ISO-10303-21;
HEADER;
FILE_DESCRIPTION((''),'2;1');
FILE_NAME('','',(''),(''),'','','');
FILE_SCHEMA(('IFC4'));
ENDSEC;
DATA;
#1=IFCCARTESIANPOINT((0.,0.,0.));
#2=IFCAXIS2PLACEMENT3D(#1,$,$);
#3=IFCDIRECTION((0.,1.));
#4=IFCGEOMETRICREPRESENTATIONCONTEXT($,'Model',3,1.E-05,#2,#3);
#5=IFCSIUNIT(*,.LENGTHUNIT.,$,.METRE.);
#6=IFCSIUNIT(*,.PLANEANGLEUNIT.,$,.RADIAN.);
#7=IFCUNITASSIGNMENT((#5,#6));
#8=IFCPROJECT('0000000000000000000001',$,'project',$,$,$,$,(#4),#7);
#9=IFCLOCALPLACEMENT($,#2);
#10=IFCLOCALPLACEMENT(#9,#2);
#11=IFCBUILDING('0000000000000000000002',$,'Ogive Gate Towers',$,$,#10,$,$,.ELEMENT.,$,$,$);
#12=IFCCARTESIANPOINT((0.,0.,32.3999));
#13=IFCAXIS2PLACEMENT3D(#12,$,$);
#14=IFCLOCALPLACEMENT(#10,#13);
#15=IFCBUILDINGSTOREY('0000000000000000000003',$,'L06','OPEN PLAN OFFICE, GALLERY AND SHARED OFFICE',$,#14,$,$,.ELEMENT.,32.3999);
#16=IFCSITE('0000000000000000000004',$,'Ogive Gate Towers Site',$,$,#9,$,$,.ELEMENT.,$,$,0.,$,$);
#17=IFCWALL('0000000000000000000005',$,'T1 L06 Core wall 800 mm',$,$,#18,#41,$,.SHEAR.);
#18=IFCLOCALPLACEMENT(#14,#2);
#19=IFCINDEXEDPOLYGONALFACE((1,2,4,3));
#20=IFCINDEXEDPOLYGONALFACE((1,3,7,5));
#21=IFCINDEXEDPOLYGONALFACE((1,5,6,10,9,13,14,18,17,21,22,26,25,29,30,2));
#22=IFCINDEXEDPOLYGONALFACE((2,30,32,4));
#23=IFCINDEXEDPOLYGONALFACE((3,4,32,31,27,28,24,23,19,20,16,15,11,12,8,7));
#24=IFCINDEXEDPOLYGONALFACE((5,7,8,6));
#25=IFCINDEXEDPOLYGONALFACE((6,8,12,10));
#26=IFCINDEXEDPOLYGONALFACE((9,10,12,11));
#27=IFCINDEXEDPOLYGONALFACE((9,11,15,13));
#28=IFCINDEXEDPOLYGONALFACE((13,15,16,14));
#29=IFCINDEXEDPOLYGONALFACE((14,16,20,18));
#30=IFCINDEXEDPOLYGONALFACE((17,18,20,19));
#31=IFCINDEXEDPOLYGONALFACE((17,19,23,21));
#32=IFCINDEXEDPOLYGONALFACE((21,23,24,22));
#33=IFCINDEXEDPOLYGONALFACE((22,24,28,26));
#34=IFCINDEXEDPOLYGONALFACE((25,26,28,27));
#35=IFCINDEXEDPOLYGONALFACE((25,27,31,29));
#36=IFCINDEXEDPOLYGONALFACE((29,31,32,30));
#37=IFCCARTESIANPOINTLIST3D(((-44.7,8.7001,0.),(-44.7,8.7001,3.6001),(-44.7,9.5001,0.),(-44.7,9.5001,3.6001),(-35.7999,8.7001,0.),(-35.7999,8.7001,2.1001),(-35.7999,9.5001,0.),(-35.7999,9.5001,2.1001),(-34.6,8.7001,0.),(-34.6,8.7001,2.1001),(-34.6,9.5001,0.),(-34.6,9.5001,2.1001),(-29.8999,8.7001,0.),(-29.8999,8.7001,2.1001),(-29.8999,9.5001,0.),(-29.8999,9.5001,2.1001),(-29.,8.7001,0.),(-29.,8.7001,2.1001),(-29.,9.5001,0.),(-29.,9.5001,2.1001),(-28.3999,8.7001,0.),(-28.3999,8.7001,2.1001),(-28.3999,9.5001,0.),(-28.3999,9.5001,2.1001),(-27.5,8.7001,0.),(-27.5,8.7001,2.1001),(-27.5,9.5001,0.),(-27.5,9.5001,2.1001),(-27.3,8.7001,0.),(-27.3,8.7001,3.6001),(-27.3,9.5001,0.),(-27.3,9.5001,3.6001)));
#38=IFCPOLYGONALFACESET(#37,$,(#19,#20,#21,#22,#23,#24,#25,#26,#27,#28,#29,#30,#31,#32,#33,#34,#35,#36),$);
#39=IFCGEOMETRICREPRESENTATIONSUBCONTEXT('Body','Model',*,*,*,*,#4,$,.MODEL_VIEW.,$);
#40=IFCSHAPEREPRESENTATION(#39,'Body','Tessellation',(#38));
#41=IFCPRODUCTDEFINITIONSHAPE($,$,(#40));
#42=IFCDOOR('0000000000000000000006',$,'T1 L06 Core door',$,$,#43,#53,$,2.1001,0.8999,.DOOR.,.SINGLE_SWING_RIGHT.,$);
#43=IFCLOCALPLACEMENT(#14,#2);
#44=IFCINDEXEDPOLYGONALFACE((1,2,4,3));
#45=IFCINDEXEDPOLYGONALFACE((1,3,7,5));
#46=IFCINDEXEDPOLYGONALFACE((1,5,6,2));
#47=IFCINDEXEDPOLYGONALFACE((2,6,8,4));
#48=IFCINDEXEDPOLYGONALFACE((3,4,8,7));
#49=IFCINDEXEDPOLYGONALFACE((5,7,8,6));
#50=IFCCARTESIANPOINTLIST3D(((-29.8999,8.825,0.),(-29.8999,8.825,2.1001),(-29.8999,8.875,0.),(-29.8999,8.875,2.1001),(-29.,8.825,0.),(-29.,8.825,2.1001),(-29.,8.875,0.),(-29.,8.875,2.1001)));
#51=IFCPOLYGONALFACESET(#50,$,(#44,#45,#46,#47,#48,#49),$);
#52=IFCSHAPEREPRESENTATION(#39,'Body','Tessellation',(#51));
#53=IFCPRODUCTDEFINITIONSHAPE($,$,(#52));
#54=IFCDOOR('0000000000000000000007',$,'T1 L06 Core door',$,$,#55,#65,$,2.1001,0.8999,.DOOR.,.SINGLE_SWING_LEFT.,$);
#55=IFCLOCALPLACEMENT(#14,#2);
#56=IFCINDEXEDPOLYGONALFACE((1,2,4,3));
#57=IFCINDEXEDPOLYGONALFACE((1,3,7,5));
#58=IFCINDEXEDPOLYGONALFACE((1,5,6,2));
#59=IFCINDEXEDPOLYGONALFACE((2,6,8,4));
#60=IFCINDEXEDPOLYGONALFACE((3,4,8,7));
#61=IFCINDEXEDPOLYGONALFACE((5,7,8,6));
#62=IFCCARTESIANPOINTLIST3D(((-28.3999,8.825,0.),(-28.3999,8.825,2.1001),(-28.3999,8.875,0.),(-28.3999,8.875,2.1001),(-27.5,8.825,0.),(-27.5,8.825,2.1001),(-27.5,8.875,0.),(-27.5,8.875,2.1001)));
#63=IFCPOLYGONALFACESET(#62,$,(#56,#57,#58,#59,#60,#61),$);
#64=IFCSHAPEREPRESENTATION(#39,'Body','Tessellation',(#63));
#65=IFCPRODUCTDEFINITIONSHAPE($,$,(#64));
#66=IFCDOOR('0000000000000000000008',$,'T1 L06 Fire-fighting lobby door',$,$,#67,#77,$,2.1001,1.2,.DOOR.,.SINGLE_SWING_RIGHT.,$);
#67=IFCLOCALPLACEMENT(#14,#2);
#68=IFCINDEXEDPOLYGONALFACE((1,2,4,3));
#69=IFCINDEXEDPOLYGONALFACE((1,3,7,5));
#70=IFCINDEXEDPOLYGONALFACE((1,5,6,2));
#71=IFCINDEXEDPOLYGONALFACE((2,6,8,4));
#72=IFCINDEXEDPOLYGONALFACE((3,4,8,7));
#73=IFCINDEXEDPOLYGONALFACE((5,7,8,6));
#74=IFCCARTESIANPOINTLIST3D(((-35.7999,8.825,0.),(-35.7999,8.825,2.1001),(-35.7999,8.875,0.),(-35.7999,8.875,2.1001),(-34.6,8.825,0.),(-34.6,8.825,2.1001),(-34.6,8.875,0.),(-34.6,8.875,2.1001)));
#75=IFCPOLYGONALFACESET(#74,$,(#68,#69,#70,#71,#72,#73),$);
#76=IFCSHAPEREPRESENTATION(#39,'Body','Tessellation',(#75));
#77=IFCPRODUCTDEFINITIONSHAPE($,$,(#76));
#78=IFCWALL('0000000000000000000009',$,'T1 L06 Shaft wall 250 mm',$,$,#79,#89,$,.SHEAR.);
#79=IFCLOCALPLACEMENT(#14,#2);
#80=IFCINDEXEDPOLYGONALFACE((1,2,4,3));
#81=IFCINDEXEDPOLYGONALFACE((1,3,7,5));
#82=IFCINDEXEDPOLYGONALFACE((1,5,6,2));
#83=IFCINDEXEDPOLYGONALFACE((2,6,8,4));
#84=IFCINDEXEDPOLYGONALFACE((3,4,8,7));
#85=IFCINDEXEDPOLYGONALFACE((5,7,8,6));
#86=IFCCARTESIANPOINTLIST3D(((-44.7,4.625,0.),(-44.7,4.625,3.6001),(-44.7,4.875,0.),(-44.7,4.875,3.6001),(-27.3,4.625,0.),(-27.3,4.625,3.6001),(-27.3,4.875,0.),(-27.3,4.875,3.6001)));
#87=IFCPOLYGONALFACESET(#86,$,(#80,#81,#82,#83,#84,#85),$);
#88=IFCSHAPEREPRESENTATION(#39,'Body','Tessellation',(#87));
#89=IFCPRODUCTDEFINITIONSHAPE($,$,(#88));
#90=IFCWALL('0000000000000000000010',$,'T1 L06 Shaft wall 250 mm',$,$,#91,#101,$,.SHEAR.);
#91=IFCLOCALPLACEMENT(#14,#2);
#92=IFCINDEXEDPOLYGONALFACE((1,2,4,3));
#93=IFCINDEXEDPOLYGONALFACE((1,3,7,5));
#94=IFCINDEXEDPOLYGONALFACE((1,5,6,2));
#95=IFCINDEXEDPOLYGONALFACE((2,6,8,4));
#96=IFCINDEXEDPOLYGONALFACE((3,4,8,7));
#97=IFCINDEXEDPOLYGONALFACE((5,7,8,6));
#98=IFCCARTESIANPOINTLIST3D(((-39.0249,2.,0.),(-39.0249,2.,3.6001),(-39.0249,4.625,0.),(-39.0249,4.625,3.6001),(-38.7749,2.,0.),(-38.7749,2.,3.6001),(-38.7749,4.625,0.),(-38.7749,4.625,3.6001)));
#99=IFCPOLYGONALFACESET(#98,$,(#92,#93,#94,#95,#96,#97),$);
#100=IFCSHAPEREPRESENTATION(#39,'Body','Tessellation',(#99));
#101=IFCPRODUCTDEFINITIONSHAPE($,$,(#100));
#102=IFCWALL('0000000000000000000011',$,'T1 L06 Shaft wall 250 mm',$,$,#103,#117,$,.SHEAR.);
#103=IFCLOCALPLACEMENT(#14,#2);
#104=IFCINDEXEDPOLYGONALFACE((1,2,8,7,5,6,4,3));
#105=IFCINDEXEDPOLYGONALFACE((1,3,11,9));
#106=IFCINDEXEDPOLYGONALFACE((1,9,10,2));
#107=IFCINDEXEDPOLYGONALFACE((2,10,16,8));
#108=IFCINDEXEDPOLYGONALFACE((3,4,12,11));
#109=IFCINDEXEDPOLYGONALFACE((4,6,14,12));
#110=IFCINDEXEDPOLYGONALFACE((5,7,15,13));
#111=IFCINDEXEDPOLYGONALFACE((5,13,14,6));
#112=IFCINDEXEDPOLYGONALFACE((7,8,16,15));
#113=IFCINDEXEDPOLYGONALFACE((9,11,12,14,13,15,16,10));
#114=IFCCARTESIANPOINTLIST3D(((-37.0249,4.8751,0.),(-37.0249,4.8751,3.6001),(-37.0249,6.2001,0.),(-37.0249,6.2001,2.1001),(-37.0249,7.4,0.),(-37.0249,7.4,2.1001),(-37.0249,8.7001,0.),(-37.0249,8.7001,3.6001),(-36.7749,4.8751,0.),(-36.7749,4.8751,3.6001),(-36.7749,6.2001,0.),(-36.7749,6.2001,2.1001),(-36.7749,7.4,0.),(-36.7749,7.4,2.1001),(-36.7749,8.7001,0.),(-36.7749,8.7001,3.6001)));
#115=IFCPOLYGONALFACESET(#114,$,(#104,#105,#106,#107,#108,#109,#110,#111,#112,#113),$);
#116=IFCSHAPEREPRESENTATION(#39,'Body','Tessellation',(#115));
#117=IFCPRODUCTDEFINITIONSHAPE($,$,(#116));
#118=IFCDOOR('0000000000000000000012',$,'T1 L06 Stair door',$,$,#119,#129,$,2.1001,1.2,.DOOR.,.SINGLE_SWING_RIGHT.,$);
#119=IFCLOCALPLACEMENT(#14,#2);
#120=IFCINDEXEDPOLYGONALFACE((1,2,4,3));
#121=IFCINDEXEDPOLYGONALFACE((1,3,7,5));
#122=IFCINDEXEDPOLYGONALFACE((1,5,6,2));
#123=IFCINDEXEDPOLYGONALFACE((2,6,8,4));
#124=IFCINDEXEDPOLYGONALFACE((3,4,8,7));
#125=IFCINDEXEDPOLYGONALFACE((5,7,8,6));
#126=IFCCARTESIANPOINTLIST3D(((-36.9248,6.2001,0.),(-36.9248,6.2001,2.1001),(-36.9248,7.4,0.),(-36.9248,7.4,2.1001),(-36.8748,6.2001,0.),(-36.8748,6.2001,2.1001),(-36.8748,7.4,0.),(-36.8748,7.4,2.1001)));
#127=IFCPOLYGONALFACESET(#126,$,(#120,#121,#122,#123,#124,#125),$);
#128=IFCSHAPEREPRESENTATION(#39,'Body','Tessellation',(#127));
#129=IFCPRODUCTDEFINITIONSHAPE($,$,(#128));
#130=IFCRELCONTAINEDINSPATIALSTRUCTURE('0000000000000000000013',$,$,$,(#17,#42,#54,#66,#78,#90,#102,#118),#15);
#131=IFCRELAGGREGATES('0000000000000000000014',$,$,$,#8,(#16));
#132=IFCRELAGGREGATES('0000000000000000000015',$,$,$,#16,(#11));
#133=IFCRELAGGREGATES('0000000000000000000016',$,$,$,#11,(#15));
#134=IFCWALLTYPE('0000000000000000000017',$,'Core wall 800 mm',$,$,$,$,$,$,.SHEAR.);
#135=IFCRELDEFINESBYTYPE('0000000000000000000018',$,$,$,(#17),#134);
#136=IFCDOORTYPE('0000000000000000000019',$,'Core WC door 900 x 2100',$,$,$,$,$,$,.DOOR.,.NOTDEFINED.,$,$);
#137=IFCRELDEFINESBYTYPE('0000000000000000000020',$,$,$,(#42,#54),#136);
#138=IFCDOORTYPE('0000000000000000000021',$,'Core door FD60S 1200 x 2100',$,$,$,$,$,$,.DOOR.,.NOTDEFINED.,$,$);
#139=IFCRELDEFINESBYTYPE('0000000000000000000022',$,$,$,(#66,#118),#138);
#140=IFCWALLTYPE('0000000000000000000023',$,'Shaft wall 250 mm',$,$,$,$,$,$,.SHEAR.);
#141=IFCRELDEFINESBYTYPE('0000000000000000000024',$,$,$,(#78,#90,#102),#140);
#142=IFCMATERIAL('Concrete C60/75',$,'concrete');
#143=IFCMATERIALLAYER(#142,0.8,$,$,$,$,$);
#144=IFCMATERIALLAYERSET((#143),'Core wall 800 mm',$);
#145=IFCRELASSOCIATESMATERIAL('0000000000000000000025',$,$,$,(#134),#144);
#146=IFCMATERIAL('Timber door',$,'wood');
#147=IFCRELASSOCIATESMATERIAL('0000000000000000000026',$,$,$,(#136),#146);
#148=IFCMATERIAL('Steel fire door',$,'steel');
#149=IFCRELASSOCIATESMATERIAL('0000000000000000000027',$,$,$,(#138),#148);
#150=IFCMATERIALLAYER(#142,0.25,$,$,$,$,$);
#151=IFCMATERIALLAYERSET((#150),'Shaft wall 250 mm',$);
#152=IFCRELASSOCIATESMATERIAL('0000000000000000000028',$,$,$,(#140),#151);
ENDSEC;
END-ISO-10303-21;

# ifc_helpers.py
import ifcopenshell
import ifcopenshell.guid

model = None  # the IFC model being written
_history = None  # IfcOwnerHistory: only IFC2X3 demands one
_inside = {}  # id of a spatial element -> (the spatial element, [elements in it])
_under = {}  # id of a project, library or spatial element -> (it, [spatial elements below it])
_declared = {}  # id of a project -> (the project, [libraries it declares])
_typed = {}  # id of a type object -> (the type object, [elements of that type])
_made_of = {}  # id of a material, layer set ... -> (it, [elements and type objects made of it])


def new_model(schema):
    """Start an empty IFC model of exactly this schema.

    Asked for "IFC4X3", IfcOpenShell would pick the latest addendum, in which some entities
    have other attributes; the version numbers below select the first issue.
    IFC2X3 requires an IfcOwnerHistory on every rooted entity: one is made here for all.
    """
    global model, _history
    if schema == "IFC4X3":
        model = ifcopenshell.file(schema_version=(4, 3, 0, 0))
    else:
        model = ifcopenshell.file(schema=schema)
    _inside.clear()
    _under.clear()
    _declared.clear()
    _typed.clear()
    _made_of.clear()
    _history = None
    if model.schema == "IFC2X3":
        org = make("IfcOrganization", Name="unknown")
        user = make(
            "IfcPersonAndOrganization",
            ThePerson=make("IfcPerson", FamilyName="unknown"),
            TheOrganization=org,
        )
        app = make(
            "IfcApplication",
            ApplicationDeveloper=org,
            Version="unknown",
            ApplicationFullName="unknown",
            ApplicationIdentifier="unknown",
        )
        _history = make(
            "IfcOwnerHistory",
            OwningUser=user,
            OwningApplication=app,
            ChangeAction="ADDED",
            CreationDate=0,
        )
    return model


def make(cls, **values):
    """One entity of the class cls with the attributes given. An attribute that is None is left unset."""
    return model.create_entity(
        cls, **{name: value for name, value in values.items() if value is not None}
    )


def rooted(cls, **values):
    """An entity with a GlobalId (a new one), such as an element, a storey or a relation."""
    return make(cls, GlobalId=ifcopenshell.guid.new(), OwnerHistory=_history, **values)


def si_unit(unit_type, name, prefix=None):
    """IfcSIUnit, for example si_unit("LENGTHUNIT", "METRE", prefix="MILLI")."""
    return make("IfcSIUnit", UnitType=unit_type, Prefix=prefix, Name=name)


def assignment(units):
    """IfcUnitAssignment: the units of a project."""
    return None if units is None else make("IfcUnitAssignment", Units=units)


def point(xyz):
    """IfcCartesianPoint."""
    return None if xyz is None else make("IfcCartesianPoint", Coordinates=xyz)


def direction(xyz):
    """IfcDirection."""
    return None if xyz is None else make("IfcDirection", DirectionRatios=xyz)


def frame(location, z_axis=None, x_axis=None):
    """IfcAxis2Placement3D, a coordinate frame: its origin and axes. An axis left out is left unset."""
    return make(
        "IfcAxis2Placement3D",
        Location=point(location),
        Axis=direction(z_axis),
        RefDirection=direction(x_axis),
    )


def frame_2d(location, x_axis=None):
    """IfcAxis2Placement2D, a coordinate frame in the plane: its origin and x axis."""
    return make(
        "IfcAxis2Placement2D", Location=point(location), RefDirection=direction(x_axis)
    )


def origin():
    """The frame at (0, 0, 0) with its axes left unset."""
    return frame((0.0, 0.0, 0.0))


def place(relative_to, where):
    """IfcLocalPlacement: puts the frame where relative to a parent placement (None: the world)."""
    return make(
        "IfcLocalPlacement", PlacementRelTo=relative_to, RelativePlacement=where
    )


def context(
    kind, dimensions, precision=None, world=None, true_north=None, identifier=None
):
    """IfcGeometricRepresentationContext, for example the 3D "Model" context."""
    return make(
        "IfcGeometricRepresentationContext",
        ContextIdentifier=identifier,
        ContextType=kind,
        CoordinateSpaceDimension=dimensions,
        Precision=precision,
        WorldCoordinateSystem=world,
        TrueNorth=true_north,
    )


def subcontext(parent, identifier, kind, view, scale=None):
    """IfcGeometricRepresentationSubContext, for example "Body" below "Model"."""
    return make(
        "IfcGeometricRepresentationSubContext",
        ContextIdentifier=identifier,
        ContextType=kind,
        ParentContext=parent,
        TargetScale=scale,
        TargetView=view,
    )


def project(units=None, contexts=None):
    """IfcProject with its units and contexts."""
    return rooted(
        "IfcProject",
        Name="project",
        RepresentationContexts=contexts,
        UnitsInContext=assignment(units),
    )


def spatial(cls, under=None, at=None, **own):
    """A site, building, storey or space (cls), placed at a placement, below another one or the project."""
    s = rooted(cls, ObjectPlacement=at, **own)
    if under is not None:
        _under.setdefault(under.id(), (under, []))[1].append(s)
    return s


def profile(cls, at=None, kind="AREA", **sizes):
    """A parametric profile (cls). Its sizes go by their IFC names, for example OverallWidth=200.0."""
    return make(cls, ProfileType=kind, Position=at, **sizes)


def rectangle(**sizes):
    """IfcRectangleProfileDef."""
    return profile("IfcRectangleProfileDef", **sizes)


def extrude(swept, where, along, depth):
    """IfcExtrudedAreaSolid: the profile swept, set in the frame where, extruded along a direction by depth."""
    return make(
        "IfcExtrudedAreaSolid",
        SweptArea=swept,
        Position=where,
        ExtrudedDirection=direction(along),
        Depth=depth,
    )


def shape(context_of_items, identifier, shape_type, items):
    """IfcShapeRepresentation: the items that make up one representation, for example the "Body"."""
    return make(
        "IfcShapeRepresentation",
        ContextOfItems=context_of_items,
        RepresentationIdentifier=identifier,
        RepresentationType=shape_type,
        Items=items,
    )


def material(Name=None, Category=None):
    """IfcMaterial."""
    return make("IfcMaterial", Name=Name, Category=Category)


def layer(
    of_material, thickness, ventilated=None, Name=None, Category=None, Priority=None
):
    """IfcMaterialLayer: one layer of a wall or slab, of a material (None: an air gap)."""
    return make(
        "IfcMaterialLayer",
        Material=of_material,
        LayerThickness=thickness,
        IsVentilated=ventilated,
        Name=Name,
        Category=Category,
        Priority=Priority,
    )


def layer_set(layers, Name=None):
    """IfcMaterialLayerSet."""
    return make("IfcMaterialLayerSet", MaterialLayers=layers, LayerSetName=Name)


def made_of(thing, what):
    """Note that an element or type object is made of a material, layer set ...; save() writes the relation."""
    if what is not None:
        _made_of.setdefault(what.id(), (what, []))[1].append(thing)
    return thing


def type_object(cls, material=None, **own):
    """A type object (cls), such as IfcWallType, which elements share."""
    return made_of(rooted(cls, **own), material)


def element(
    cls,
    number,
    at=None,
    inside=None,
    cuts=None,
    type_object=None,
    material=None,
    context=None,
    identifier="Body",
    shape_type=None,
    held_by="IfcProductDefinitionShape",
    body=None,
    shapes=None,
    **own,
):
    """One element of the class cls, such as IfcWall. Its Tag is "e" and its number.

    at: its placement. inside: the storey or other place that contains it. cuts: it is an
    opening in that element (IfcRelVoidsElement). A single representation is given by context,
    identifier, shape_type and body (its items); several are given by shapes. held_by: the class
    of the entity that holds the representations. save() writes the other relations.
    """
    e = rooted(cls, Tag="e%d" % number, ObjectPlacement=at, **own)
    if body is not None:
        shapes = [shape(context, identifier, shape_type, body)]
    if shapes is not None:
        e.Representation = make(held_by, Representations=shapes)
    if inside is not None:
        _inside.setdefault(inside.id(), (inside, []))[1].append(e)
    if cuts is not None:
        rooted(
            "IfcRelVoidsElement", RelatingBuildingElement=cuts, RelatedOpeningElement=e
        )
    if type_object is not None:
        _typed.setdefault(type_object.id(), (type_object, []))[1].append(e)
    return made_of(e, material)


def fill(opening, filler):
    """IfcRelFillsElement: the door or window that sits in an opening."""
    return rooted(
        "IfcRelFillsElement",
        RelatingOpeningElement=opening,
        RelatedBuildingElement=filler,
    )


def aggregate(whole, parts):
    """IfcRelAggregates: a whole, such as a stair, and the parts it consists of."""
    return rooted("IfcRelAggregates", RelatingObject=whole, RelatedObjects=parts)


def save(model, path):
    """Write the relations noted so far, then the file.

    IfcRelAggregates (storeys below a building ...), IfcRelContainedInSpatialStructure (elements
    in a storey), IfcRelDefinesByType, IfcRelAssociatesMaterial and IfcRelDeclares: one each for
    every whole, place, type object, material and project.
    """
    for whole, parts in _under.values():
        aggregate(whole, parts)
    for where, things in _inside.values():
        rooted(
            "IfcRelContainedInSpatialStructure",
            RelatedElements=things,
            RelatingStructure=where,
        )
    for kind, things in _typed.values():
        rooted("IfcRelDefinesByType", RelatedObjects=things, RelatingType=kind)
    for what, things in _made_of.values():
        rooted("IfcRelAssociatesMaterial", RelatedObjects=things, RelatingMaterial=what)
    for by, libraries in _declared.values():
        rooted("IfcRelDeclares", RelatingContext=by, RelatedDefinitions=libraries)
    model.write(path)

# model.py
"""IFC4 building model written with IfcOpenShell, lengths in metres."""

from ifc_helpers import new_model, si_unit, direction, frame, frame_2d, origin, place, context, subcontext, project, spatial, rectangle, extrude, material, layer, layer_set, type_object, element, fill, save


model = new_model("IFC4")

# Units and contexts
model_context = context("Model", 3, precision=1e-05, world=origin(), true_north=direction((0.0, 1.0)))
body_context = subcontext(model_context, "Body", "Model", "MODEL_VIEW")
ifc_project = project(units=[si_unit("LENGTHUNIT", "METRE"), si_unit("PLANEANGLEUNIT", "RADIAN")], contexts=[model_context])

# Site, building, storey
site_placement = place(None, origin())
site = spatial("IfcSite", under=ifc_project, at=site_placement, Name="Ogive Gate Towers Site", CompositionType="ELEMENT", RefElevation=0.0)
building_placement = place(site_placement, origin())
building = spatial("IfcBuilding", under=site, at=building_placement, Name="Ogive Gate Towers", CompositionType="ELEMENT")
storey_placement = place(building_placement, frame((0.0, 0.0, 32.3999)))
storey = spatial("IfcBuildingStorey", under=building, at=storey_placement, Name="L06", Description="OPEN PLAN OFFICE, GALLERY AND SHARED OFFICE", CompositionType="ELEMENT", Elevation=32.3999)

# Shared definitions
ifc_material_1 = material(Name="Timber door", Category="wood")

# Wall, openings, doors
ifc_material_2 = material(Name="Concrete C60/75", Category="concrete")
ifc_layer_1 = layer(ifc_material_2, 0.8)
ifc_layer_set_1 = layer_set([ifc_layer_1], Name="Core wall 800 mm")
wall_type_1 = type_object("IfcWallType", Name="Core wall 800 mm", PredefinedType="SHEAR", material=ifc_layer_set_1)
wall_1_placement = place(storey_placement, frame((-44.7, 9.1001, 0.0), z_axis=(0.0, 0.0, 1.0), x_axis=(1.0, 0.0, 0.0)))
wall_1 = element("IfcWall", 1, at=wall_1_placement, inside=storey, type_object=wall_type_1, Name="T1 L06 Core wall 800 mm", PredefinedType="SHEAR", context=body_context, shape_type="SweptSolid", body=[
    extrude(rectangle(XDim=17.3999, YDim=0.8, at=frame_2d((8.7, 0.0))), origin(), (0.0, 0.0, 1.0), 3.6001),
])
opening_1_placement = place(wall_1_placement, frame((8.8999, 0.0, 0.0)))
opening_1 = element("IfcOpeningElement", 2, at=opening_1_placement, cuts=wall_1, PredefinedType="OPENING", context=body_context, shape_type="SweptSolid", body=[
    extrude(rectangle(XDim=1.2, YDim=2.1001, at=frame_2d((0.6001, 1.05))), frame((0.0, 0.4102, 0.0), z_axis=(0.0, -1.0, 0.0), x_axis=(1.0, 0.0, 0.0)), (0.0, 0.0, 1.0), 0.8201),
])
opening_2_placement = place(wall_1_placement, frame((14.8, 0.0, 0.0)))
opening_2 = element("IfcOpeningElement", 3, at=opening_2_placement, cuts=wall_1, PredefinedType="OPENING", context=body_context, shape_type="SweptSolid", body=[
    extrude(rectangle(XDim=0.8999, YDim=2.1001, at=frame_2d((0.45, 1.05))), frame((0.0, 0.4102, 0.0), z_axis=(0.0, -1.0, 0.0), x_axis=(1.0, 0.0, 0.0)), (0.0, 0.0, 1.0), 0.8201),
])
opening_3_placement = place(wall_1_placement, frame((16.3, 0.0, 0.0)))
opening_3 = element("IfcOpeningElement", 4, at=opening_3_placement, cuts=wall_1, PredefinedType="OPENING", context=body_context, shape_type="SweptSolid", body=[
    extrude(rectangle(XDim=0.8999, YDim=2.1001, at=frame_2d((0.45, 1.05))), frame((0.0, 0.4102, 0.0), z_axis=(0.0, -1.0, 0.0), x_axis=(1.0, 0.0, 0.0)), (0.0, 0.0, 1.0), 0.8201),
])
door_type_1 = type_object("IfcDoorType", Name="Core WC door 900 x 2100", OperationType="NOTDEFINED", PredefinedType="DOOR", material=ifc_material_1)
door_1_placement = place(opening_2_placement, origin())
door_1 = element("IfcDoor", 5, at=door_1_placement, inside=storey, type_object=door_type_1, Name="T1 L06 Core door", OperationType="SINGLE_SWING_RIGHT", OverallHeight=2.1001, OverallWidth=0.8999, PredefinedType="DOOR", context=body_context, shape_type="SweptSolid", body=[
    extrude(rectangle(XDim=0.8999, YDim=2.1001, at=frame_2d((0.45, 1.05))), frame((0.0, -0.2251, 0.0), z_axis=(0.0, -1.0, 0.0), x_axis=(1.0, 0.0, 0.0)), (0.0, 0.0, 1.0), 0.05),
])
fill(opening_2, door_1)
door_2_placement = place(opening_3_placement, origin())
door_2 = element("IfcDoor", 6, at=door_2_placement, inside=storey, type_object=door_type_1, Name="T1 L06 Core door", OperationType="SINGLE_SWING_LEFT", OverallHeight=2.1001, OverallWidth=0.8999, PredefinedType="DOOR", context=body_context, shape_type="SweptSolid", body=[
    extrude(rectangle(XDim=0.8999, YDim=2.1001, at=frame_2d((0.45, 1.05))), frame((0.0, -0.2251, 0.0), z_axis=(0.0, -1.0, 0.0), x_axis=(1.0, 0.0, 0.0)), (0.0, 0.0, 1.0), 0.05),
])
fill(opening_3, door_2)
ifc_material_3 = material(Name="Steel fire door", Category="steel")
door_type_2 = type_object("IfcDoorType", Name="Core door FD60S 1200 x 2100", OperationType="NOTDEFINED", PredefinedType="DOOR", material=ifc_material_3)
door_3_placement = place(opening_1_placement, origin())
door_3 = element("IfcDoor", 7, at=door_3_placement, inside=storey, type_object=door_type_2, Name="T1 L06 Fire-fighting lobby door", OperationType="SINGLE_SWING_RIGHT", OverallHeight=2.1001, OverallWidth=1.2, PredefinedType="DOOR", context=body_context, shape_type="SweptSolid", body=[
    extrude(rectangle(XDim=1.2, YDim=2.1001, at=frame_2d((0.6001, 1.05))), frame((0.0, -0.2251, 0.0), z_axis=(0.0, -1.0, 0.0), x_axis=(1.0, 0.0, 0.0)), (0.0, 0.0, 1.0), 0.05),
])
fill(opening_1, door_3)

# Walls
ifc_layer_2 = layer(ifc_material_2, 0.25)
ifc_layer_set_2 = layer_set([ifc_layer_2], Name="Shaft wall 250 mm")
wall_type_2 = type_object("IfcWallType", Name="Shaft wall 250 mm", PredefinedType="SHEAR", material=ifc_layer_set_2)
wall_2_placement = place(storey_placement, frame((-44.7, 4.75, 0.0), z_axis=(0.0, 0.0, 1.0), x_axis=(1.0, 0.0, 0.0)))
element("IfcWall", 8, at=wall_2_placement, inside=storey, type_object=wall_type_2, Name="T1 L06 Shaft wall 250 mm", PredefinedType="SHEAR", context=body_context, shape_type="SweptSolid", body=[
    extrude(rectangle(XDim=17.3999, YDim=0.25, at=frame_2d((8.7, 0.0))), origin(), (0.0, 0.0, 1.0), 3.6001),
])
wall_3_placement = place(storey_placement, frame((-38.8999, 2.0, 0.0), z_axis=(0.0, 0.0, 1.0), x_axis=(0.0, 1.0, 0.0)))
element("IfcWall", 9, at=wall_3_placement, inside=storey, type_object=wall_type_2, Name="T1 L06 Shaft wall 250 mm", PredefinedType="SHEAR", context=body_context, shape_type="SweptSolid", body=[
    extrude(rectangle(XDim=2.625, YDim=0.25, at=frame_2d((1.3125, 0.0))), origin(), (0.0, 0.0, 1.0), 3.6001),
])

# Wall, opening, door
wall_4_placement = place(storey_placement, frame((-36.8999, 4.875, 0.0), z_axis=(0.0, 0.0, 1.0), x_axis=(0.0, 1.0, 0.0)))
wall_4 = element("IfcWall", 10, at=wall_4_placement, inside=storey, type_object=wall_type_2, Name="T1 L06 Shaft wall 250 mm", PredefinedType="SHEAR", context=body_context, shape_type="SweptSolid", body=[
    extrude(rectangle(XDim=3.825, YDim=0.25, at=frame_2d((1.9126, 0.0))), origin(), (0.0, 0.0, 1.0), 3.6001),
])
opening_4_placement = place(wall_4_placement, frame((1.325, 0.0, 0.0)))
opening_4 = element("IfcOpeningElement", 11, at=opening_4_placement, cuts=wall_4, PredefinedType="OPENING", context=body_context, shape_type="SweptSolid", body=[
    extrude(rectangle(XDim=1.2, YDim=2.1001, at=frame_2d((0.6001, 1.05))), frame((0.0, 0.135, 0.0), z_axis=(0.0, -1.0, 0.0), x_axis=(1.0, 0.0, 0.0)), (0.0, 0.0, 1.0), 0.27),
])
door_4_placement = place(opening_4_placement, origin())
door_4 = element("IfcDoor", 12, at=door_4_placement, inside=storey, type_object=door_type_2, Name="T1 L06 Stair door", OperationType="SINGLE_SWING_RIGHT", OverallHeight=2.1001, OverallWidth=1.2, PredefinedType="DOOR", context=body_context, shape_type="SweptSolid", body=[
    extrude(rectangle(XDim=1.2, YDim=2.1001, at=frame_2d((0.6001, 1.05))), frame((0.0, 0.0249, 0.0), z_axis=(0.0, -1.0, 0.0), x_axis=(1.0, 0.0, 0.0)), (0.0, 0.0, 1.0), 0.05),
])
fill(opening_4, door_4)

save(model, "model.ifc")
